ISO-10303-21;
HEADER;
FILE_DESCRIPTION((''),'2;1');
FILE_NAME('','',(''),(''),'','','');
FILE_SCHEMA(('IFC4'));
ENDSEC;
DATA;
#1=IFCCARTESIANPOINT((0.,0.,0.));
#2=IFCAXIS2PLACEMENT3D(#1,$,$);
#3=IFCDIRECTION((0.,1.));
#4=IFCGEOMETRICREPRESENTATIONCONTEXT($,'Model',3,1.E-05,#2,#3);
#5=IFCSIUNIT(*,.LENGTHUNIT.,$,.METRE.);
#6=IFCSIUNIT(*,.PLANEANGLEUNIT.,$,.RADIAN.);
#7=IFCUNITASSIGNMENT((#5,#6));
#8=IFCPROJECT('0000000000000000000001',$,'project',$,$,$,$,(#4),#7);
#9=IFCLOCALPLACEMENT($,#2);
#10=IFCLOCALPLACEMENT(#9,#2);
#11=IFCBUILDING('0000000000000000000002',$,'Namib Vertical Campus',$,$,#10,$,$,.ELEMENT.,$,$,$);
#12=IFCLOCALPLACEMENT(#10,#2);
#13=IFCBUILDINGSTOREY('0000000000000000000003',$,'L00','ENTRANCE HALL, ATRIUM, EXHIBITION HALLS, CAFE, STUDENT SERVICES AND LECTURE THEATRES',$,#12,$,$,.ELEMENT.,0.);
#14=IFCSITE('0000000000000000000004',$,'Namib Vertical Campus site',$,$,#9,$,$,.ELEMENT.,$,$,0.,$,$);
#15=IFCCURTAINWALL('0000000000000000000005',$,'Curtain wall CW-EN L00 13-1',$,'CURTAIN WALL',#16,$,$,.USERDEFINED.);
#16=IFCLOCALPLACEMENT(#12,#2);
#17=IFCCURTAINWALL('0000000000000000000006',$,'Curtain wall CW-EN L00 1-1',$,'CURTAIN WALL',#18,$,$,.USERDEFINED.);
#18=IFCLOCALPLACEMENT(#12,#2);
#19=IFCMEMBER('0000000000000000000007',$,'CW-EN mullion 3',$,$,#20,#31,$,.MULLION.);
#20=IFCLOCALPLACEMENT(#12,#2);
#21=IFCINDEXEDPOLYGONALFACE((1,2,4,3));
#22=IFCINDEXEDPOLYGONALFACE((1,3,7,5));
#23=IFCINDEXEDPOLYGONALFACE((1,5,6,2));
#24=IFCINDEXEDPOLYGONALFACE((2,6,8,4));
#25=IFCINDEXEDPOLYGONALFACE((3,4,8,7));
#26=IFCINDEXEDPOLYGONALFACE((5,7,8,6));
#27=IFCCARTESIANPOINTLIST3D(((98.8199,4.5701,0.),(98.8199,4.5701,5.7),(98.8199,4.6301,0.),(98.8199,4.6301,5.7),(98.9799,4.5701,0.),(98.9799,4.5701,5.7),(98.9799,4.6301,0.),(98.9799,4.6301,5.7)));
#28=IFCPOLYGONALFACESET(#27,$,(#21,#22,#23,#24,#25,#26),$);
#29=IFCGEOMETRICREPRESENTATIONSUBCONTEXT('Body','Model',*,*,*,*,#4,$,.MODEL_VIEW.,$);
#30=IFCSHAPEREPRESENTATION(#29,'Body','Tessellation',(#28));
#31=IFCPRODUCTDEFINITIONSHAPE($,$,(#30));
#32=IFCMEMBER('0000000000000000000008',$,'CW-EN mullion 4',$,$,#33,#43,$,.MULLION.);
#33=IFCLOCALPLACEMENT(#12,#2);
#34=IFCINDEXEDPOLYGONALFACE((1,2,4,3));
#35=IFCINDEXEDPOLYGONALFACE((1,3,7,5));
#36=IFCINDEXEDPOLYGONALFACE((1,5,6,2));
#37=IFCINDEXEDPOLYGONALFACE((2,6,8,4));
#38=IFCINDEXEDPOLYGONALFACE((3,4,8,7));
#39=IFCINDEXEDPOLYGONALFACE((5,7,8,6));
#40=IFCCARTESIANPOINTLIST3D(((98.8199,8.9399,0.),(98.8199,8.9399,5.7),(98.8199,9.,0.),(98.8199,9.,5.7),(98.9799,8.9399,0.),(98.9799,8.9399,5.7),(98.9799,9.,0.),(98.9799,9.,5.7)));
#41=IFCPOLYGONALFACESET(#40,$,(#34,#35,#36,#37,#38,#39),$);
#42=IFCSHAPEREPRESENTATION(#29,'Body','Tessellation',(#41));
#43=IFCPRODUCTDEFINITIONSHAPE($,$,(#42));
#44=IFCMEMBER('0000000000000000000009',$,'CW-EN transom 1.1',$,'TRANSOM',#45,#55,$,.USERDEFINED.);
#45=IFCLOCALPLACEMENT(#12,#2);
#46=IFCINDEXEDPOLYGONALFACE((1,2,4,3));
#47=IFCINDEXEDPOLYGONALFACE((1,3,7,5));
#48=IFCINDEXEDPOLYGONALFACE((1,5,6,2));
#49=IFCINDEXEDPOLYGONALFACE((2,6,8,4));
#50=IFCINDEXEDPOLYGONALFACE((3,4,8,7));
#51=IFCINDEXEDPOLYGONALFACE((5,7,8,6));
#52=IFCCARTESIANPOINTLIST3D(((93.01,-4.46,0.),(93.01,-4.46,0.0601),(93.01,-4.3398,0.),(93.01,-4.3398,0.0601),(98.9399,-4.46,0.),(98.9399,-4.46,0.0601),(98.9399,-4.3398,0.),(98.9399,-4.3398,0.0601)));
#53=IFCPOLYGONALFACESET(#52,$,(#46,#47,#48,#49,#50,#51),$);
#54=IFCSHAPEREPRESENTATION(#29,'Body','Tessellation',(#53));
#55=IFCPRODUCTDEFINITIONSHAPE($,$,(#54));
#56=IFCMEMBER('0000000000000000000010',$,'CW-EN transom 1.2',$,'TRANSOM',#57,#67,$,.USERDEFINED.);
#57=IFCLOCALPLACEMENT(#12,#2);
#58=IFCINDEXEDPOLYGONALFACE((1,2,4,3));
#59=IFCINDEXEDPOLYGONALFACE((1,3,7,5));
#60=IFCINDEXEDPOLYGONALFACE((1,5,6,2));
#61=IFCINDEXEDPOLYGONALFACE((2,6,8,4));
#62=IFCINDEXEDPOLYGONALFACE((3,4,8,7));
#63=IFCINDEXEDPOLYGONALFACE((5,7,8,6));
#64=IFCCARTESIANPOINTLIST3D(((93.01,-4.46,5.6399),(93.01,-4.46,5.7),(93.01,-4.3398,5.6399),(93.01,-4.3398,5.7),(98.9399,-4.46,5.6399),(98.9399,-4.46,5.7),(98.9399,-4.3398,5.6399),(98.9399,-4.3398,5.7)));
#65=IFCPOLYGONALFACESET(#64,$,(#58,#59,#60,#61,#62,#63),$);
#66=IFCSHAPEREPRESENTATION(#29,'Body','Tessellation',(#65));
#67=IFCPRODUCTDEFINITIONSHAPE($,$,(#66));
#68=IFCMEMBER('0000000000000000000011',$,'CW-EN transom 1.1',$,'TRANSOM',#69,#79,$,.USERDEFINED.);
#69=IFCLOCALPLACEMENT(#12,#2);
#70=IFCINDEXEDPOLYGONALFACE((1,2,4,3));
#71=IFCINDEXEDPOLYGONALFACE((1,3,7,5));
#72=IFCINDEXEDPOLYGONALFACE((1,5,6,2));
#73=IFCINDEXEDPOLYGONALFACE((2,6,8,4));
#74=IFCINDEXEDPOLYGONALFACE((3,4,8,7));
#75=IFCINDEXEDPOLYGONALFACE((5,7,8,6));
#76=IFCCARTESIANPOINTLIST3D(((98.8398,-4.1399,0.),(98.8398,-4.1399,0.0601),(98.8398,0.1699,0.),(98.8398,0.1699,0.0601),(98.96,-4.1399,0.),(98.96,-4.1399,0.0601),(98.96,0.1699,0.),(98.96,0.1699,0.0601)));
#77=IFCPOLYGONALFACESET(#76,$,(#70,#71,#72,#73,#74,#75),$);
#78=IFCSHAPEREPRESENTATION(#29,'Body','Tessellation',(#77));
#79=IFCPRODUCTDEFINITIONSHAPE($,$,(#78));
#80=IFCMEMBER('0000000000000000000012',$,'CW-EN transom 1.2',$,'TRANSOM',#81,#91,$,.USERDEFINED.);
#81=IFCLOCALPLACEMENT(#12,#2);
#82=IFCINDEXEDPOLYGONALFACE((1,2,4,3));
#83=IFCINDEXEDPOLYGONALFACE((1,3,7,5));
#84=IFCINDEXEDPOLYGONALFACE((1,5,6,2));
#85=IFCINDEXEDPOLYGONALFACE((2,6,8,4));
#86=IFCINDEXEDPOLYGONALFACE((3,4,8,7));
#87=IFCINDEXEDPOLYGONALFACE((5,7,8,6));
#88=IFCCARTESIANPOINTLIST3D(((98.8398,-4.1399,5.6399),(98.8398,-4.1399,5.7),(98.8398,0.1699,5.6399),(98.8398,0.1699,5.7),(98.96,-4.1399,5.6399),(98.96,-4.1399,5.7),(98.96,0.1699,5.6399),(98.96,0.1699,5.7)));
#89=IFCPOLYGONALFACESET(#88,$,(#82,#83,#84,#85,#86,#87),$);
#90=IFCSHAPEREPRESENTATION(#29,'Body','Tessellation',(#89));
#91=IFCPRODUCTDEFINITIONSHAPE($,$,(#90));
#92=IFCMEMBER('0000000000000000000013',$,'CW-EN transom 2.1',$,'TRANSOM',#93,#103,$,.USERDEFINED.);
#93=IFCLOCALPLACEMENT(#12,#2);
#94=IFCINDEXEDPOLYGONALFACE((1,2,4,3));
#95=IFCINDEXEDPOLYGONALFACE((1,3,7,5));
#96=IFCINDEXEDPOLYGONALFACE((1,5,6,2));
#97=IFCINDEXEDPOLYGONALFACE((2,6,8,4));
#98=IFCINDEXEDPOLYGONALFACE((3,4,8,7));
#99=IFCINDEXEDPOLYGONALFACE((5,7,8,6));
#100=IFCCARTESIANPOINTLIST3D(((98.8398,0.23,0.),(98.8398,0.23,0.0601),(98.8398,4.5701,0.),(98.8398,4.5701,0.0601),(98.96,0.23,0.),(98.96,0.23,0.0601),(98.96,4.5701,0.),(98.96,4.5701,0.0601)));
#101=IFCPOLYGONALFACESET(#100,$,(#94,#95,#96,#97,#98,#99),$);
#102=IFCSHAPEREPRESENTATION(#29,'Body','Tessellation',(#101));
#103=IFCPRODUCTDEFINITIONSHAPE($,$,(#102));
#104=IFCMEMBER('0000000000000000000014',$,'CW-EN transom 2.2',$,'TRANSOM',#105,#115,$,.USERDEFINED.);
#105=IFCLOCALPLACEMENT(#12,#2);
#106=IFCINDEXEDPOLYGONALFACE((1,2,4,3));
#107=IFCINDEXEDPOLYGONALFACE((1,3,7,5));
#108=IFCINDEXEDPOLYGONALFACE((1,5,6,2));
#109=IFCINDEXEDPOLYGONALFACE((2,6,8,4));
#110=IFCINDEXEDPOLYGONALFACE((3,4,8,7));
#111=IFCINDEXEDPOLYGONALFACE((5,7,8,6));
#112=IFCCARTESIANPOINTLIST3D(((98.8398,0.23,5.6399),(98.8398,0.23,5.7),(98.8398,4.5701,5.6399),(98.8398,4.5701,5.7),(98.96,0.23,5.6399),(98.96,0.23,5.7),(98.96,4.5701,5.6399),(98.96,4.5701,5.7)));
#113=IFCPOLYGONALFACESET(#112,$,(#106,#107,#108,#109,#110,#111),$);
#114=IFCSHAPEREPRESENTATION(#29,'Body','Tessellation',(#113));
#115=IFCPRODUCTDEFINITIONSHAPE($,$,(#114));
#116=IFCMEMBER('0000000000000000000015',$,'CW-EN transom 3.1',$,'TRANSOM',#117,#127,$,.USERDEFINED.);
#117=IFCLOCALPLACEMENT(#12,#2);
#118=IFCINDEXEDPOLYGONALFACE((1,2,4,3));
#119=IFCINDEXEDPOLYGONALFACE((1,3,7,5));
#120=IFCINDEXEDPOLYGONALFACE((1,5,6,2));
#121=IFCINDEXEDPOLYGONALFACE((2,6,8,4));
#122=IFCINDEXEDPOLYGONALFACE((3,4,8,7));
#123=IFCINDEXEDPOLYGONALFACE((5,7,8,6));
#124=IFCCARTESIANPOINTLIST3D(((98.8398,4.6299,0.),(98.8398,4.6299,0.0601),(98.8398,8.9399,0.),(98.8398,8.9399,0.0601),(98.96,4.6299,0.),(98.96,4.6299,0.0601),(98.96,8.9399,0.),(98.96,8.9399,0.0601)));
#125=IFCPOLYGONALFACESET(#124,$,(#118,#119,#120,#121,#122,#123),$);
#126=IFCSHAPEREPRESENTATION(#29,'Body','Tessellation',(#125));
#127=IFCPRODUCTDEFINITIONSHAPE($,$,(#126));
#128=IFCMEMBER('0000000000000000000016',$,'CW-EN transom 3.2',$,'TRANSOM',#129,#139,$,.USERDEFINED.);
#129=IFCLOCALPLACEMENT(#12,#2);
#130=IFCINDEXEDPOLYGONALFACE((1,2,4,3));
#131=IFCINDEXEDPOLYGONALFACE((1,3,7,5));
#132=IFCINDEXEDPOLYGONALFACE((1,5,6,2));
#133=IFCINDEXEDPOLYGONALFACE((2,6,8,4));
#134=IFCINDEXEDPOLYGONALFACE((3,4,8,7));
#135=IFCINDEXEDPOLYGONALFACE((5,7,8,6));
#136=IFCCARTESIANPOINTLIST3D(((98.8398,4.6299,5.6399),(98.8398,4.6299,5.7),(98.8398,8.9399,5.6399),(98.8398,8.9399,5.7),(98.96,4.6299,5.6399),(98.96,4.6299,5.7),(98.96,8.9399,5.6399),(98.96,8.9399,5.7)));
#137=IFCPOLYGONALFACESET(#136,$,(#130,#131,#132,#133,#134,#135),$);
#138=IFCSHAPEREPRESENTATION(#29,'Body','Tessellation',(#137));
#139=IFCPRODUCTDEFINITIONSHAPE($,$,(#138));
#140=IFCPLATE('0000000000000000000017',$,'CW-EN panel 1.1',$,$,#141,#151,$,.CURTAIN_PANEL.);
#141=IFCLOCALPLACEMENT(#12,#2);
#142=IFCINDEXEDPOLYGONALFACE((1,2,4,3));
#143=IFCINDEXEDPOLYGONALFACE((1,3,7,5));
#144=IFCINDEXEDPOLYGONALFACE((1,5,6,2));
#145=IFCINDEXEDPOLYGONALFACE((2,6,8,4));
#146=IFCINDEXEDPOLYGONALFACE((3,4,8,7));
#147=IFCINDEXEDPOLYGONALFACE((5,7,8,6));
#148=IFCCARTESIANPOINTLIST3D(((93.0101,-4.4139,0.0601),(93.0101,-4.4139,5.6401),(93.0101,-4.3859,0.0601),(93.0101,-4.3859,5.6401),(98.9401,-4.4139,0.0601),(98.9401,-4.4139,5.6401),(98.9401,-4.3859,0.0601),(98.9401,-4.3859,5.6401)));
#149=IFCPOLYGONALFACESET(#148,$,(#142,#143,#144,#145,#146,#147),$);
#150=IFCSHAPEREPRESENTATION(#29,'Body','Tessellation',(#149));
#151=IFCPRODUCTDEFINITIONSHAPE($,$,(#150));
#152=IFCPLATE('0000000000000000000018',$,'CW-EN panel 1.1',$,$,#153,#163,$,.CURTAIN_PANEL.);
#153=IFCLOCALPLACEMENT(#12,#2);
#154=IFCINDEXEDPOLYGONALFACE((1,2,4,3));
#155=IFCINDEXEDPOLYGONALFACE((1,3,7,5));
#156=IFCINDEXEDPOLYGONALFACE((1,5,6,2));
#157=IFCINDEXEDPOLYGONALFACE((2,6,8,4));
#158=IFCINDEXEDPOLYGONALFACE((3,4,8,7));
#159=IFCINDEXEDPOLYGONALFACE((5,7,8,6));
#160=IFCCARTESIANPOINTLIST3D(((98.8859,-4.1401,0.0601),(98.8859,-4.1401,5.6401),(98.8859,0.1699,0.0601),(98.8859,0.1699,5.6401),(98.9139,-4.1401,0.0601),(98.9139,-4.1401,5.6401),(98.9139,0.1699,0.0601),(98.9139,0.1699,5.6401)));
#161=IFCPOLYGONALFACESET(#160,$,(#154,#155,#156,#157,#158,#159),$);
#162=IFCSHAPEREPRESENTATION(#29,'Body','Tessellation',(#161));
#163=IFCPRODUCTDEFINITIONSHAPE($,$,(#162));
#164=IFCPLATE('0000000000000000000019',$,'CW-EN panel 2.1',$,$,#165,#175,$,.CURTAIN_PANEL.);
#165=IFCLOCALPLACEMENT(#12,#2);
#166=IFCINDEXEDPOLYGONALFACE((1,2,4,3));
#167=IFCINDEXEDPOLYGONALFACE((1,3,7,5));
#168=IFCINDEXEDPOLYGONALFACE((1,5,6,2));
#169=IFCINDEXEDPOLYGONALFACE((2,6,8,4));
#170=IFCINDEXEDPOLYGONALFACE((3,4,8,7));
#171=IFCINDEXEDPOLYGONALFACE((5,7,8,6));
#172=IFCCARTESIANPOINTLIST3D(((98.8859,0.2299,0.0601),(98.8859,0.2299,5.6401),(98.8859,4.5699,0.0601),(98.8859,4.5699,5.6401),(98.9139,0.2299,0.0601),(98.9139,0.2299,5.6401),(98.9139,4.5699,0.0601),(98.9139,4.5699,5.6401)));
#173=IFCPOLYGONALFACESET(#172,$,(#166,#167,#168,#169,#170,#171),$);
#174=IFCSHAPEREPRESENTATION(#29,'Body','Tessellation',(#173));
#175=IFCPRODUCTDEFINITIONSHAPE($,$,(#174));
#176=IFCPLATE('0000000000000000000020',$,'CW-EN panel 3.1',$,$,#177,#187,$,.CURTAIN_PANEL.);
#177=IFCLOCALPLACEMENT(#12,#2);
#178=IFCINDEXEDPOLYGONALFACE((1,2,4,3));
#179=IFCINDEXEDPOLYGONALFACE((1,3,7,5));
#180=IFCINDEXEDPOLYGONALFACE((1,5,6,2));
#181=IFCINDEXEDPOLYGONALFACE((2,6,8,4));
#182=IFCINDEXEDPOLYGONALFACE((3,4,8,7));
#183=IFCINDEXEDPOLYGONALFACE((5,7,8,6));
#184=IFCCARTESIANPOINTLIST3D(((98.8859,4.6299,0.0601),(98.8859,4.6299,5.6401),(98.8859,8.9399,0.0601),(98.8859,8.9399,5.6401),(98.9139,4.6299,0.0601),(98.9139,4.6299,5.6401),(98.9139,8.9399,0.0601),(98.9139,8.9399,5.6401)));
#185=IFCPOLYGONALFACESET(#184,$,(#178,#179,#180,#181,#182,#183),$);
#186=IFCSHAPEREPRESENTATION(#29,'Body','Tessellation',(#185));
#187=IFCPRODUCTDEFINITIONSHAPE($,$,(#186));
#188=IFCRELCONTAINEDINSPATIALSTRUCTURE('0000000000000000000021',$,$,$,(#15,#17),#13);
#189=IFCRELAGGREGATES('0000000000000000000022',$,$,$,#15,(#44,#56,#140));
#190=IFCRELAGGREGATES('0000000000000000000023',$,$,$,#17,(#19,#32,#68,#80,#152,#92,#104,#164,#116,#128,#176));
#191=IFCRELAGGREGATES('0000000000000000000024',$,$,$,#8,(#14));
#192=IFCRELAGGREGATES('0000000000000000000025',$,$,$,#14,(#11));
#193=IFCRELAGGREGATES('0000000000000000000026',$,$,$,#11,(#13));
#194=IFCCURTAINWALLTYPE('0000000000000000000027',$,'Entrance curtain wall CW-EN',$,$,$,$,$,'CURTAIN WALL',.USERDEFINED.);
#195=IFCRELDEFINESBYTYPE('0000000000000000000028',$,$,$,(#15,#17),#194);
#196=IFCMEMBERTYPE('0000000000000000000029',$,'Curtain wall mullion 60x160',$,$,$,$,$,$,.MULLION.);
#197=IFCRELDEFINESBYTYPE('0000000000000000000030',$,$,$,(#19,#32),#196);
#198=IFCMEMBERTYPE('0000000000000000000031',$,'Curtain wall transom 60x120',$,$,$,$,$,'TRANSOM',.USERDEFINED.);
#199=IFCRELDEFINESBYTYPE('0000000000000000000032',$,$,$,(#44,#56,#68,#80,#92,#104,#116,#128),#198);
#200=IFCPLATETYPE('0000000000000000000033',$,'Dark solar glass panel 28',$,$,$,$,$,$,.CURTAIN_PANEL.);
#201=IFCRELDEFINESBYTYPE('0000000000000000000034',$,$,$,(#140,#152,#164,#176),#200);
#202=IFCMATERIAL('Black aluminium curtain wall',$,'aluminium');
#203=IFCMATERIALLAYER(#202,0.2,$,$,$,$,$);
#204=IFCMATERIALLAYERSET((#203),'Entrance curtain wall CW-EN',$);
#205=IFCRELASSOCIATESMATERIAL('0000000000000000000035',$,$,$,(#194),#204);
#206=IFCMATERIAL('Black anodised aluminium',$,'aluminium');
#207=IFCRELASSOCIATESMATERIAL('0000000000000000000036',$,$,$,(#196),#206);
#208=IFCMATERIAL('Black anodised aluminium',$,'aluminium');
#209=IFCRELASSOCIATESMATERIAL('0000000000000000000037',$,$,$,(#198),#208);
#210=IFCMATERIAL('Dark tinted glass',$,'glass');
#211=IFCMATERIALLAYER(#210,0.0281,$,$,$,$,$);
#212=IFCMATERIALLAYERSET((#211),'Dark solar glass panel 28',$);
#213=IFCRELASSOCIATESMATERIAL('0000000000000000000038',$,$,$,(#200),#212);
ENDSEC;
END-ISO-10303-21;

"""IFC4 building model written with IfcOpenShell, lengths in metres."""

from ifc_helpers import new_model, si_unit, direction, frame, origin, origin_2d, place, context, subcontext, project, spatial, rectangle, extrude, material, layer, layer_set, material_profile, profile_set, type_object, element, aggregate, save


model = new_model("IFC4")

# Units and contexts
model_context = context("Model", 3, precision=1e-05, world=origin(), true_north=direction((0.0, 1.0)))
body_context = subcontext(model_context, "Body", "Model", "MODEL_VIEW")
ifc_project = project(units=[si_unit("LENGTHUNIT", "METRE"), si_unit("PLANEANGLEUNIT", "RADIAN")], contexts=[model_context])

# Site, building, storey
site_placement = place(None, origin())
site = spatial("IfcSite", under=ifc_project, at=site_placement, Name="Namib Vertical Campus site", CompositionType="ELEMENT", RefElevation=0.0)
building_placement = place(site_placement, origin())
building = spatial("IfcBuilding", under=site, at=building_placement, Name="Namib Vertical Campus", CompositionType="ELEMENT")
storey_placement = place(building_placement, origin())
storey = spatial("IfcBuildingStorey", under=building, at=storey_placement, Name="L00", Description="ENTRANCE HALL, ATRIUM, EXHIBITION HALLS, CAFE, STUDENT SERVICES AND LECTURE THEATRES", CompositionType="ELEMENT", Elevation=0.0)

# Curtain walls, members
ifc_material_1 = material(Name="Black aluminium curtain wall", Category="aluminium")
ifc_layer_1 = layer(ifc_material_1, 0.2)
ifc_layer_set_1 = layer_set([ifc_layer_1], Name="Entrance curtain wall CW-EN")
curtain_wall_type = type_object("IfcCurtainWallType", Name="Entrance curtain wall CW-EN", ElementType="CURTAIN WALL", PredefinedType="USERDEFINED", material=ifc_layer_set_1)
curtain_wall_1_placement = place(storey_placement, origin())
curtain_wall_1 = element("IfcCurtainWall", 1, at=curtain_wall_1_placement, inside=storey, type_object=curtain_wall_type, Name="Curtain wall CW-EN L00 13-1", ObjectType="CURTAIN WALL", PredefinedType="USERDEFINED")
ifc_material_2 = material(Name="Black anodised aluminium", Category="aluminium")
ifc_material_profile_1 = material_profile(ifc_material_2, rectangle(XDim=0.0601, YDim=0.1599, at=origin_2d()))
ifc_profile_set_1 = profile_set([ifc_material_profile_1], Name="Black anodised aluminium")
member_type_1 = type_object("IfcMemberType", Name="Curtain wall mullion 60x160", PredefinedType="MULLION", material=ifc_profile_set_1)
curtain_wall_2_placement = place(storey_placement, origin())
curtain_wall_2 = element("IfcCurtainWall", 2, at=curtain_wall_2_placement, inside=storey, type_object=curtain_wall_type, Name="Curtain wall CW-EN L00 1-1", ObjectType="CURTAIN WALL", PredefinedType="USERDEFINED")
member_1_placement = place(storey_placement, frame((98.8999, 4.6001, 0.0), z_axis=(0.0, 0.0, 1.0), x_axis=(0.0, 1.0, 0.0)))
member_1 = element("IfcMember", 3, at=member_1_placement, type_object=member_type_1, Name="CW-EN mullion 3", PredefinedType="MULLION", context=body_context, shape_type="SweptSolid", body=[
    extrude(rectangle(XDim=0.0601, YDim=0.1599, at=origin_2d()), origin(), (0.0, 0.0, 1.0), 5.7),
])
member_2_placement = place(storey_placement, frame((98.8999, 8.97, 0.0), z_axis=(0.0, 0.0, 1.0), x_axis=(0.0, 1.0, 0.0)))
member_2 = element("IfcMember", 4, at=member_2_placement, type_object=member_type_1, Name="CW-EN mullion 4", PredefinedType="MULLION", context=body_context, shape_type="SweptSolid", body=[
    extrude(rectangle(XDim=0.0601, YDim=0.1599, at=origin_2d()), origin(), (0.0, 0.0, 1.0), 5.7),
])

# Members
ifc_material_3 = material(Name="Black anodised aluminium", Category="aluminium")
ifc_material_profile_2 = material_profile(ifc_material_3, rectangle(XDim=0.0601, YDim=0.1201, at=origin_2d()))
ifc_profile_set_2 = profile_set([ifc_material_profile_2], Name="Black anodised aluminium")
member_type_2 = type_object("IfcMemberType", Name="Curtain wall transom 60x120", ElementType="TRANSOM", PredefinedType="USERDEFINED", material=ifc_profile_set_2)
member_3_placement = place(storey_placement, frame((93.01, -4.3999, 0.03), z_axis=(1.0, 0.0, 0.0), x_axis=(0.0, 0.0, 1.0)))
member_3 = element("IfcMember", 5, at=member_3_placement, type_object=member_type_2, Name="CW-EN transom 1.1", ObjectType="TRANSOM", PredefinedType="USERDEFINED", context=body_context, shape_type="SweptSolid", body=[
    extrude(rectangle(XDim=0.0601, YDim=0.1201, at=origin_2d()), origin(), (0.0, 0.0, 1.0), 5.9299),
])
member_4_placement = place(storey_placement, frame((93.01, -4.3999, 5.6699), z_axis=(1.0, 0.0, 0.0), x_axis=(0.0, 0.0, 1.0)))
member_4 = element("IfcMember", 6, at=member_4_placement, type_object=member_type_2, Name="CW-EN transom 1.2", ObjectType="TRANSOM", PredefinedType="USERDEFINED", context=body_context, shape_type="SweptSolid", body=[
    extrude(rectangle(XDim=0.0601, YDim=0.1201, at=origin_2d()), origin(), (0.0, 0.0, 1.0), 5.9299),
])
member_5_placement = place(storey_placement, frame((98.8999, -4.1399, 0.03), z_axis=(0.0, 1.0, 0.0), x_axis=(0.0, 0.0, 1.0)))
member_5 = element("IfcMember", 7, at=member_5_placement, type_object=member_type_2, Name="CW-EN transom 1.1", ObjectType="TRANSOM", PredefinedType="USERDEFINED", context=body_context, shape_type="SweptSolid", body=[
    extrude(rectangle(XDim=0.0601, YDim=0.1201, at=origin_2d()), origin(), (0.0, 0.0, 1.0), 4.3098),
])
member_6_placement = place(storey_placement, frame((98.8999, -4.1399, 5.6699), z_axis=(0.0, 1.0, 0.0), x_axis=(0.0, 0.0, 1.0)))
member_6 = element("IfcMember", 8, at=member_6_placement, type_object=member_type_2, Name="CW-EN transom 1.2", ObjectType="TRANSOM", PredefinedType="USERDEFINED", context=body_context, shape_type="SweptSolid", body=[
    extrude(rectangle(XDim=0.0601, YDim=0.1201, at=origin_2d()), origin(), (0.0, 0.0, 1.0), 4.3098),
])
member_7_placement = place(storey_placement, frame((98.8999, 0.23, 0.03), z_axis=(0.0, 1.0, 0.0), x_axis=(0.0, 0.0, 1.0)))
member_7 = element("IfcMember", 9, at=member_7_placement, type_object=member_type_2, Name="CW-EN transom 2.1", ObjectType="TRANSOM", PredefinedType="USERDEFINED", context=body_context, shape_type="SweptSolid", body=[
    extrude(rectangle(XDim=0.0601, YDim=0.1201, at=origin_2d()), origin(), (0.0, 0.0, 1.0), 4.3401),
])
member_8_placement = place(storey_placement, frame((98.8999, 0.23, 5.6699), z_axis=(0.0, 1.0, 0.0), x_axis=(0.0, 0.0, 1.0)))
member_8 = element("IfcMember", 10, at=member_8_placement, type_object=member_type_2, Name="CW-EN transom 2.2", ObjectType="TRANSOM", PredefinedType="USERDEFINED", context=body_context, shape_type="SweptSolid", body=[
    extrude(rectangle(XDim=0.0601, YDim=0.1201, at=origin_2d()), origin(), (0.0, 0.0, 1.0), 4.3401),
])
member_9_placement = place(storey_placement, frame((98.8999, 4.6299, 0.03), z_axis=(0.0, 1.0, 0.0), x_axis=(0.0, 0.0, 1.0)))
member_9 = element("IfcMember", 11, at=member_9_placement, type_object=member_type_2, Name="CW-EN transom 3.1", ObjectType="TRANSOM", PredefinedType="USERDEFINED", context=body_context, shape_type="SweptSolid", body=[
    extrude(rectangle(XDim=0.0601, YDim=0.1201, at=origin_2d()), origin(), (0.0, 0.0, 1.0), 4.3101),
])
member_10_placement = place(storey_placement, frame((98.8999, 4.6299, 5.6699), z_axis=(0.0, 1.0, 0.0), x_axis=(0.0, 0.0, 1.0)))
member_10 = element("IfcMember", 12, at=member_10_placement, type_object=member_type_2, Name="CW-EN transom 3.2", ObjectType="TRANSOM", PredefinedType="USERDEFINED", context=body_context, shape_type="SweptSolid", body=[
    extrude(rectangle(XDim=0.0601, YDim=0.1201, at=origin_2d()), origin(), (0.0, 0.0, 1.0), 4.3101),
])

# Plates
ifc_material_4 = material(Name="Dark tinted glass", Category="glass")
ifc_layer_2 = layer(ifc_material_4, 0.0281)
ifc_layer_set_2 = layer_set([ifc_layer_2], Name="Dark solar glass panel 28")
plate_type = type_object("IfcPlateType", Name="Dark solar glass panel 28", PredefinedType="CURTAIN_PANEL", material=ifc_layer_set_2)
plate_1_placement = place(storey_placement, frame((95.9751, -4.3999, 0.0601), z_axis=(0.0, 0.0, 1.0), x_axis=(1.0, 0.0, 0.0)))
plate_1 = element("IfcPlate", 13, at=plate_1_placement, type_object=plate_type, Name="CW-EN panel 1.1", PredefinedType="CURTAIN_PANEL", context=body_context, shape_type="SweptSolid", body=[
    extrude(rectangle(XDim=5.9299, YDim=0.0281, at=origin_2d()), origin(), (0.0, 0.0, 1.0), 5.5801),
])
aggregate(curtain_wall_1, [member_3, member_4, plate_1])
plate_2_placement = place(storey_placement, frame((98.8999, -1.9851, 0.0601), z_axis=(0.0, 0.0, 1.0), x_axis=(0.0, 1.0, 0.0)))
plate_2 = element("IfcPlate", 14, at=plate_2_placement, type_object=plate_type, Name="CW-EN panel 1.1", PredefinedType="CURTAIN_PANEL", context=body_context, shape_type="SweptSolid", body=[
    extrude(rectangle(XDim=4.3101, YDim=0.0281, at=origin_2d()), origin(), (0.0, 0.0, 1.0), 5.5801),
])
plate_3_placement = place(storey_placement, frame((98.8999, 2.3999, 0.0601), z_axis=(0.0, 0.0, 1.0), x_axis=(0.0, 1.0, 0.0)))
plate_3 = element("IfcPlate", 15, at=plate_3_placement, type_object=plate_type, Name="CW-EN panel 2.1", PredefinedType="CURTAIN_PANEL", context=body_context, shape_type="SweptSolid", body=[
    extrude(rectangle(XDim=4.3401, YDim=0.0281, at=origin_2d()), origin(), (0.0, 0.0, 1.0), 5.5801),
])
plate_4_placement = place(storey_placement, frame((98.8999, 6.7849, 0.0601), z_axis=(0.0, 0.0, 1.0), x_axis=(0.0, 1.0, 0.0)))
plate_4 = element("IfcPlate", 16, at=plate_4_placement, type_object=plate_type, Name="CW-EN panel 3.1", PredefinedType="CURTAIN_PANEL", context=body_context, shape_type="SweptSolid", body=[
    extrude(rectangle(XDim=4.3101, YDim=0.0281, at=origin_2d()), origin(), (0.0, 0.0, 1.0), 5.5801),
])
aggregate(curtain_wall_2, [member_1, member_2, member_5, member_6, plate_2, member_7, member_8, plate_3, member_9, member_10, plate_4])

save(model, "model.ifc")
